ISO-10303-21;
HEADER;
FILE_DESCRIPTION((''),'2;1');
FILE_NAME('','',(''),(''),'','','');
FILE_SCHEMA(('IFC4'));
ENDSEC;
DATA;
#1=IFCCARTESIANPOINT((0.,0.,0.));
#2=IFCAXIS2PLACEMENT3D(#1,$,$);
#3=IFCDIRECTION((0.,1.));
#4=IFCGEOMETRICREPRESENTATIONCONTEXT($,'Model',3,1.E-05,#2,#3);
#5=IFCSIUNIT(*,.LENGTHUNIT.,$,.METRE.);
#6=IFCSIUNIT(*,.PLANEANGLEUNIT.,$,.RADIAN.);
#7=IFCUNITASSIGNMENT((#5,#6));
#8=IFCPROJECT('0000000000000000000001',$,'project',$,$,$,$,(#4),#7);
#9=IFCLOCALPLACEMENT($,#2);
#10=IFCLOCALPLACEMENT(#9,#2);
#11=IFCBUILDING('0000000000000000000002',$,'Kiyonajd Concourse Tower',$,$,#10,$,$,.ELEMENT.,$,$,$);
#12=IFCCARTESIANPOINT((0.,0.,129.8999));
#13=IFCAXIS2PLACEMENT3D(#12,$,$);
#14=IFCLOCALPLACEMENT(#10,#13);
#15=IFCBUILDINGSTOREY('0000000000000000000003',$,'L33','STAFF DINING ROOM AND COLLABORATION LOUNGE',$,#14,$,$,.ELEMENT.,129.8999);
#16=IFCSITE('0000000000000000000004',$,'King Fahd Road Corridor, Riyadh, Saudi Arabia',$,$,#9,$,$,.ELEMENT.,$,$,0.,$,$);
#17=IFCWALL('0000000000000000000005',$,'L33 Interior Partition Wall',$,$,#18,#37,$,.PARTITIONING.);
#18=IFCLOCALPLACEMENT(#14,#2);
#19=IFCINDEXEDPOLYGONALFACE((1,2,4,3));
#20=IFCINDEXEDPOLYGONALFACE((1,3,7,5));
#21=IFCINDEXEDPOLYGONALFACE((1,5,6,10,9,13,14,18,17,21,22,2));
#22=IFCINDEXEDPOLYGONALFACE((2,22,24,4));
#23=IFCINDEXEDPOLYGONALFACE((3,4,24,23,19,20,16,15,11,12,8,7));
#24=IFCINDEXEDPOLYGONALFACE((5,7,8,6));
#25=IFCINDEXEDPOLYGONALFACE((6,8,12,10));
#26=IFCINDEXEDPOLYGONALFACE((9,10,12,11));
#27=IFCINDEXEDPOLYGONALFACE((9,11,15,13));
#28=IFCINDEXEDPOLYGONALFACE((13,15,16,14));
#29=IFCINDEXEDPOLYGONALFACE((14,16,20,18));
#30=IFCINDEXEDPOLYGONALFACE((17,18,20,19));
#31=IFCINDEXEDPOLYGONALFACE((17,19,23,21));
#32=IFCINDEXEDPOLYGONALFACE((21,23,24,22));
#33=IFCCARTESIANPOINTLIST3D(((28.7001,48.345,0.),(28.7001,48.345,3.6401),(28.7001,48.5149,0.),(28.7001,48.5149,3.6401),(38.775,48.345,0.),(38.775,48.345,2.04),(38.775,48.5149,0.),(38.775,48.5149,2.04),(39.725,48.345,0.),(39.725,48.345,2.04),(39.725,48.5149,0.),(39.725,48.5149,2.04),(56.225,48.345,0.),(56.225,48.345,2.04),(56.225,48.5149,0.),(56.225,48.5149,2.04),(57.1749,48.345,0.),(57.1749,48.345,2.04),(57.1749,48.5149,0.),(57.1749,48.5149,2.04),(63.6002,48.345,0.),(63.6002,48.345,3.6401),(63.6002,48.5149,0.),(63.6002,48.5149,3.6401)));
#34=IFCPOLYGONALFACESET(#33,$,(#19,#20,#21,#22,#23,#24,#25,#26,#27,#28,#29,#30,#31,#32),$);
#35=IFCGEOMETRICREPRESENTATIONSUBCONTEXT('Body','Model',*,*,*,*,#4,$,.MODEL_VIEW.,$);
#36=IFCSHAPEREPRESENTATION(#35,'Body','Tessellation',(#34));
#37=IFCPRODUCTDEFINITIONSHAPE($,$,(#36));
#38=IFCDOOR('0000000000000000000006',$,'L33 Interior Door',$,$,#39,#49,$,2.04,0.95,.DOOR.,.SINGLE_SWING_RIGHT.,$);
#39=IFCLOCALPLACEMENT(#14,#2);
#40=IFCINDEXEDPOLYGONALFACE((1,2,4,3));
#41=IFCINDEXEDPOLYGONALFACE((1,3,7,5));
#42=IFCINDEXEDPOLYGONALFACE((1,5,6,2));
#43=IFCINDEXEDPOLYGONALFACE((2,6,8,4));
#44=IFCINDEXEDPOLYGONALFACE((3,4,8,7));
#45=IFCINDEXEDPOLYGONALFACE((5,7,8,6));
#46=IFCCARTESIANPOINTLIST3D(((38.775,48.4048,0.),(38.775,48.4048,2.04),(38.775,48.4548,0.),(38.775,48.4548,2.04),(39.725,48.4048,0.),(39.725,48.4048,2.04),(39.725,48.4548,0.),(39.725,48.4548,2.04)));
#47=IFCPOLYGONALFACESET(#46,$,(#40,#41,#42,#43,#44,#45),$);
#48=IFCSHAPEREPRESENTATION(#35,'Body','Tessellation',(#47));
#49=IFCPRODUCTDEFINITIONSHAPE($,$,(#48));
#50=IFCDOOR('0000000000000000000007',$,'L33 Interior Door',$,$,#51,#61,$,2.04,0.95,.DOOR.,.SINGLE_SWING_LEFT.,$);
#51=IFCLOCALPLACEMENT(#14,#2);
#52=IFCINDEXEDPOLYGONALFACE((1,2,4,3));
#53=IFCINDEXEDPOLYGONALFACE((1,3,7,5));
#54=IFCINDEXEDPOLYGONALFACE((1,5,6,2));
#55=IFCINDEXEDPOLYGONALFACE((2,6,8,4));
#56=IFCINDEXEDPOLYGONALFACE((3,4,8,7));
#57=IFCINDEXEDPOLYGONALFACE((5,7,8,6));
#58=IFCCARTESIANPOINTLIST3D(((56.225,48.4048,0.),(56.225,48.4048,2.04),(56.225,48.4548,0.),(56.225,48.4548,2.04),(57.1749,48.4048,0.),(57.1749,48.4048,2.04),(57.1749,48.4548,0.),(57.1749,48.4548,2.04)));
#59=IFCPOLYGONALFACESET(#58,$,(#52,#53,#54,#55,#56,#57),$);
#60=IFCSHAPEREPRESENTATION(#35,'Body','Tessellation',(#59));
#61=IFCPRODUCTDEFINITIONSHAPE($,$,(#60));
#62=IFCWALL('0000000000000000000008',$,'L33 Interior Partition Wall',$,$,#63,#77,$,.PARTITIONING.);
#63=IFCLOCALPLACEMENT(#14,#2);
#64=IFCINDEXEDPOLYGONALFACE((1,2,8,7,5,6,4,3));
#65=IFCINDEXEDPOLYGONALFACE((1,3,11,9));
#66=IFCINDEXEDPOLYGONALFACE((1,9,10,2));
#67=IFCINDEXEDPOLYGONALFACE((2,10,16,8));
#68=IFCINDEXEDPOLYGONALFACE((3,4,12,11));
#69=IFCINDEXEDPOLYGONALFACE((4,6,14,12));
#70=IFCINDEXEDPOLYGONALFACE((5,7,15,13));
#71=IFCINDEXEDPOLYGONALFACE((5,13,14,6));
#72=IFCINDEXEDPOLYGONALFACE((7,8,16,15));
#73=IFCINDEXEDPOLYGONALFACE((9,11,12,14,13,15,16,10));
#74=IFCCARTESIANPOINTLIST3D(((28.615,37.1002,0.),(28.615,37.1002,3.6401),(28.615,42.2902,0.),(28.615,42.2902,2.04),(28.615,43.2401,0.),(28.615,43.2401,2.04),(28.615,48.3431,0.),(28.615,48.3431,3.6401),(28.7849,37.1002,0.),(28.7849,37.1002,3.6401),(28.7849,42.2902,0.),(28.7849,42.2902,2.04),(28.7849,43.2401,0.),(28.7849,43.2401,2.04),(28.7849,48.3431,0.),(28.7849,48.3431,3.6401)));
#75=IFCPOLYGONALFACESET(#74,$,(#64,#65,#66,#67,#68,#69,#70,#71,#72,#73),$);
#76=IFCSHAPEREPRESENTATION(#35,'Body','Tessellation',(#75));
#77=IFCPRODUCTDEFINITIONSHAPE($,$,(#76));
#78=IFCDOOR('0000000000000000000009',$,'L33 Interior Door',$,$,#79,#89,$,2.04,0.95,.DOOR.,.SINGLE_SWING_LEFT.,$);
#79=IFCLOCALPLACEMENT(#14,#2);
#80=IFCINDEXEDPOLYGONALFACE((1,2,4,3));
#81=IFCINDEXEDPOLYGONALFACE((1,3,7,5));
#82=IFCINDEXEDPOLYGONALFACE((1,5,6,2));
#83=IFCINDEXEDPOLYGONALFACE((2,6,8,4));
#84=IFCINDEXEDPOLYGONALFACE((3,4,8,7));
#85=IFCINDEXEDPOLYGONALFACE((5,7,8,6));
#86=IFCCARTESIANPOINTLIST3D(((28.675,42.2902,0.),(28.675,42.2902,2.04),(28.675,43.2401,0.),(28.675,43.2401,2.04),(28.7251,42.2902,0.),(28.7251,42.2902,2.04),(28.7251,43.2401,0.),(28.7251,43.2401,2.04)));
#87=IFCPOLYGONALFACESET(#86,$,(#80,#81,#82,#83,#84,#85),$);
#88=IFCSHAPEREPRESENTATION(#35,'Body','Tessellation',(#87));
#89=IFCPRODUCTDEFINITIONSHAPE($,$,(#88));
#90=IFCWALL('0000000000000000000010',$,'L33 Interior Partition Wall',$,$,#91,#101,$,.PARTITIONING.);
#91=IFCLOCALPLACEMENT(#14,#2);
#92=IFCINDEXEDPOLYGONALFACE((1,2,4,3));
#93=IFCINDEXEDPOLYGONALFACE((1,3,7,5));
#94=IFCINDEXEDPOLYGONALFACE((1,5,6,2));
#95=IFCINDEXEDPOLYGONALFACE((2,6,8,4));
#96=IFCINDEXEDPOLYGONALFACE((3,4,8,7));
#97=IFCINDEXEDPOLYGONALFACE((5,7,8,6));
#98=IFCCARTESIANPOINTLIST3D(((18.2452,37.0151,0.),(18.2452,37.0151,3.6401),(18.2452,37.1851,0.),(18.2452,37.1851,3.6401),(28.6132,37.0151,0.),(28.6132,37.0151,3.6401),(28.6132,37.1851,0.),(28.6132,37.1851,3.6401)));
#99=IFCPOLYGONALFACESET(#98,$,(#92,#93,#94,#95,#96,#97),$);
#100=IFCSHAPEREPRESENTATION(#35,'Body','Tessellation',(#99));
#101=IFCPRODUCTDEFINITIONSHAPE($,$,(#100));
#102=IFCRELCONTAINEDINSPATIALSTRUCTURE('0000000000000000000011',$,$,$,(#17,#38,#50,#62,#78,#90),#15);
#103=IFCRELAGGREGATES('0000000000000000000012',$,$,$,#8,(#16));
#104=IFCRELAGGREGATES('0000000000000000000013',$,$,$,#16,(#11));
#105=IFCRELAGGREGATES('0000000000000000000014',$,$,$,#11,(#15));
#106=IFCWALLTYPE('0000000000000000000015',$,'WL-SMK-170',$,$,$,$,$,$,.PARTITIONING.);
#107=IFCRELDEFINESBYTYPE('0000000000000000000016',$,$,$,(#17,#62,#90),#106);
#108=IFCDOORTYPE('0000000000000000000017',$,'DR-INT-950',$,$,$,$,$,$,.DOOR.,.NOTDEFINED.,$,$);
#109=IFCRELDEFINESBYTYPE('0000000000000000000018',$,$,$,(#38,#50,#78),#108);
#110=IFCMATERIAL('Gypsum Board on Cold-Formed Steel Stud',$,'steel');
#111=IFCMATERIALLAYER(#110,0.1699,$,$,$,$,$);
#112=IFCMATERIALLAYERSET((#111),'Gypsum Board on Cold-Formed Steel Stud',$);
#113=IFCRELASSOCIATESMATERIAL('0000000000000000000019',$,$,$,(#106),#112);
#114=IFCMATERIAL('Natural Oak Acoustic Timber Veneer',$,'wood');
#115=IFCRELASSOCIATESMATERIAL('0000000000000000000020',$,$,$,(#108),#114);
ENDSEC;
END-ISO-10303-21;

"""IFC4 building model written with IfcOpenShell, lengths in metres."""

from ifc_helpers import new_model, si_unit, direction, frame, frame_2d, origin, place, context, subcontext, project, spatial, rectangle, extrude, material, layer, layer_set, type_object, element, fill, save


model = new_model("IFC4")

# Units and contexts
model_context = context("Model", 3, precision=1e-05, world=origin(), true_north=direction((0.0, 1.0)))
body_context = subcontext(model_context, "Body", "Model", "MODEL_VIEW")
ifc_project = project(units=[si_unit("LENGTHUNIT", "METRE"), si_unit("PLANEANGLEUNIT", "RADIAN")], contexts=[model_context])

# Site, building, storey
site_placement = place(None, origin())
site = spatial("IfcSite", under=ifc_project, at=site_placement, Name="King Fahd Road Corridor, Riyadh, Saudi Arabia", CompositionType="ELEMENT", RefElevation=0.0)
building_placement = place(site_placement, origin())
building = spatial("IfcBuilding", under=site, at=building_placement, Name="Kiyonajd Concourse Tower", CompositionType="ELEMENT")
storey_placement = place(building_placement, frame((0.0, 0.0, 129.8999)))
storey = spatial("IfcBuildingStorey", under=building, at=storey_placement, Name="L33", Description="STAFF DINING ROOM AND COLLABORATION LOUNGE", CompositionType="ELEMENT", Elevation=129.8999)

# Wall, openings, doors
ifc_material_1 = material(Name="Gypsum Board on Cold-Formed Steel Stud", Category="steel")
ifc_layer_1 = layer(ifc_material_1, 0.1699)
ifc_layer_set_1 = layer_set([ifc_layer_1], Name="Gypsum Board on Cold-Formed Steel Stud")
wall_type = type_object("IfcWallType", Name="WL-SMK-170", PredefinedType="PARTITIONING", material=ifc_layer_set_1)
wall_1_placement = place(storey_placement, frame((28.7, 48.4299, 0.0), z_axis=(0.0, 0.0, 1.0), x_axis=(1.0, 0.0, 0.0)))
wall_1 = element("IfcWall", 1, at=wall_1_placement, inside=storey, type_object=wall_type, Name="L33 Interior Partition Wall", PredefinedType="PARTITIONING", context=body_context, shape_type="SweptSolid", body=[
    extrude(rectangle(XDim=34.9001, YDim=0.1699, at=frame_2d((17.4502, 0.0))), origin(), (0.0, 0.0, 1.0), 3.6401),
])
opening_1_placement = place(wall_1_placement, frame((10.075, 0.0, 0.0)))
opening_1 = element("IfcOpeningElement", 2, at=opening_1_placement, cuts=wall_1, PredefinedType="OPENING", context=body_context, shape_type="SweptSolid", body=[
    extrude(rectangle(XDim=0.95, YDim=2.04, at=frame_2d((0.4751, 1.02))), frame((0.0, 0.095, 0.0), z_axis=(0.0, -1.0, 0.0), x_axis=(1.0, 0.0, 0.0)), (0.0, 0.0, 1.0), 0.1899),
])
opening_2_placement = place(wall_1_placement, frame((27.5249, 0.0, 0.0)))
opening_2 = element("IfcOpeningElement", 3, at=opening_2_placement, cuts=wall_1, PredefinedType="OPENING", context=body_context, shape_type="SweptSolid", body=[
    extrude(rectangle(XDim=0.95, YDim=2.04, at=frame_2d((0.4751, 1.02))), frame((0.0, 0.095, 0.0), z_axis=(0.0, -1.0, 0.0), x_axis=(1.0, 0.0, 0.0)), (0.0, 0.0, 1.0), 0.1899),
])
ifc_material_2 = material(Name="Natural Oak Acoustic Timber Veneer", Category="wood")
door_type = type_object("IfcDoorType", Name="DR-INT-950", OperationType="NOTDEFINED", PredefinedType="DOOR", material=ifc_material_2)
door_1_placement = place(opening_1_placement, origin())
door_1 = element("IfcDoor", 4, at=door_1_placement, inside=storey, type_object=door_type, Name="L33 Interior Door", OperationType="SINGLE_SWING_RIGHT", OverallHeight=2.04, OverallWidth=0.95, PredefinedType="DOOR", context=body_context, shape_type="SweptSolid", body=[
    extrude(rectangle(XDim=0.95, YDim=2.04, at=frame_2d((0.4751, 1.02))), frame((0.0, 0.0249, 0.0), z_axis=(0.0, -1.0, 0.0), x_axis=(1.0, 0.0, 0.0)), (0.0, 0.0, 1.0), 0.05),
])
fill(opening_1, door_1)
door_2_placement = place(opening_2_placement, origin())
door_2 = element("IfcDoor", 5, at=door_2_placement, inside=storey, type_object=door_type, Name="L33 Interior Door", OperationType="SINGLE_SWING_LEFT", OverallHeight=2.04, OverallWidth=0.95, PredefinedType="DOOR", context=body_context, shape_type="SweptSolid", body=[
    extrude(rectangle(XDim=0.95, YDim=2.04, at=frame_2d((0.4751, 1.02))), frame((0.0, 0.0249, 0.0), z_axis=(0.0, -1.0, 0.0), x_axis=(1.0, 0.0, 0.0)), (0.0, 0.0, 1.0), 0.05),
])
fill(opening_2, door_2)

# Wall, opening, door
wall_2_placement = place(storey_placement, frame((28.7, 37.1001, 0.0), z_axis=(0.0, 0.0, 1.0), x_axis=(0.0, 1.0, 0.0)))
wall_2 = element("IfcWall", 6, at=wall_2_placement, inside=storey, type_object=wall_type, Name="L33 Interior Partition Wall", PredefinedType="PARTITIONING", context=body_context, shape_type="SweptSolid", body=[
    extrude(rectangle(XDim=11.2429, YDim=0.1699, at=frame_2d((5.6216, 0.0))), origin(), (0.0, 0.0, 1.0), 3.6401),
])
opening_3_placement = place(wall_2_placement, frame((5.1899, 0.0, 0.0)))
opening_3 = element("IfcOpeningElement", 7, at=opening_3_placement, cuts=wall_2, PredefinedType="OPENING", context=body_context, shape_type="SweptSolid", body=[
    extrude(rectangle(XDim=0.95, YDim=2.04, at=frame_2d((0.4751, 1.02))), frame((0.0, 0.095, 0.0), z_axis=(0.0, -1.0, 0.0), x_axis=(1.0, 0.0, 0.0)), (0.0, 0.0, 1.0), 0.1899),
])
door_3_placement = place(opening_3_placement, origin())
door_3 = element("IfcDoor", 8, at=door_3_placement, inside=storey, type_object=door_type, Name="L33 Interior Door", OperationType="SINGLE_SWING_LEFT", OverallHeight=2.04, OverallWidth=0.95, PredefinedType="DOOR", context=body_context, shape_type="SweptSolid", body=[
    extrude(rectangle(XDim=0.95, YDim=2.04, at=frame_2d((0.4751, 1.02))), frame((0.0, 0.0249, 0.0), z_axis=(0.0, -1.0, 0.0), x_axis=(1.0, 0.0, 0.0)), (0.0, 0.0, 1.0), 0.05),
])
fill(opening_3, door_3)

# Wall
wall_3_placement = place(storey_placement, frame((18.2451, 37.1001, 0.0), z_axis=(0.0, 0.0, 1.0), x_axis=(1.0, 0.0, 0.0)))
element("IfcWall", 9, at=wall_3_placement, inside=storey, type_object=wall_type, Name="L33 Interior Partition Wall", PredefinedType="PARTITIONING", context=body_context, shape_type="SweptSolid", body=[
    extrude(rectangle(XDim=10.3679, YDim=0.1699, at=frame_2d((5.1841, 0.0))), origin(), (0.0, 0.0, 1.0), 3.6401),
])

save(model, "model.ifc")
